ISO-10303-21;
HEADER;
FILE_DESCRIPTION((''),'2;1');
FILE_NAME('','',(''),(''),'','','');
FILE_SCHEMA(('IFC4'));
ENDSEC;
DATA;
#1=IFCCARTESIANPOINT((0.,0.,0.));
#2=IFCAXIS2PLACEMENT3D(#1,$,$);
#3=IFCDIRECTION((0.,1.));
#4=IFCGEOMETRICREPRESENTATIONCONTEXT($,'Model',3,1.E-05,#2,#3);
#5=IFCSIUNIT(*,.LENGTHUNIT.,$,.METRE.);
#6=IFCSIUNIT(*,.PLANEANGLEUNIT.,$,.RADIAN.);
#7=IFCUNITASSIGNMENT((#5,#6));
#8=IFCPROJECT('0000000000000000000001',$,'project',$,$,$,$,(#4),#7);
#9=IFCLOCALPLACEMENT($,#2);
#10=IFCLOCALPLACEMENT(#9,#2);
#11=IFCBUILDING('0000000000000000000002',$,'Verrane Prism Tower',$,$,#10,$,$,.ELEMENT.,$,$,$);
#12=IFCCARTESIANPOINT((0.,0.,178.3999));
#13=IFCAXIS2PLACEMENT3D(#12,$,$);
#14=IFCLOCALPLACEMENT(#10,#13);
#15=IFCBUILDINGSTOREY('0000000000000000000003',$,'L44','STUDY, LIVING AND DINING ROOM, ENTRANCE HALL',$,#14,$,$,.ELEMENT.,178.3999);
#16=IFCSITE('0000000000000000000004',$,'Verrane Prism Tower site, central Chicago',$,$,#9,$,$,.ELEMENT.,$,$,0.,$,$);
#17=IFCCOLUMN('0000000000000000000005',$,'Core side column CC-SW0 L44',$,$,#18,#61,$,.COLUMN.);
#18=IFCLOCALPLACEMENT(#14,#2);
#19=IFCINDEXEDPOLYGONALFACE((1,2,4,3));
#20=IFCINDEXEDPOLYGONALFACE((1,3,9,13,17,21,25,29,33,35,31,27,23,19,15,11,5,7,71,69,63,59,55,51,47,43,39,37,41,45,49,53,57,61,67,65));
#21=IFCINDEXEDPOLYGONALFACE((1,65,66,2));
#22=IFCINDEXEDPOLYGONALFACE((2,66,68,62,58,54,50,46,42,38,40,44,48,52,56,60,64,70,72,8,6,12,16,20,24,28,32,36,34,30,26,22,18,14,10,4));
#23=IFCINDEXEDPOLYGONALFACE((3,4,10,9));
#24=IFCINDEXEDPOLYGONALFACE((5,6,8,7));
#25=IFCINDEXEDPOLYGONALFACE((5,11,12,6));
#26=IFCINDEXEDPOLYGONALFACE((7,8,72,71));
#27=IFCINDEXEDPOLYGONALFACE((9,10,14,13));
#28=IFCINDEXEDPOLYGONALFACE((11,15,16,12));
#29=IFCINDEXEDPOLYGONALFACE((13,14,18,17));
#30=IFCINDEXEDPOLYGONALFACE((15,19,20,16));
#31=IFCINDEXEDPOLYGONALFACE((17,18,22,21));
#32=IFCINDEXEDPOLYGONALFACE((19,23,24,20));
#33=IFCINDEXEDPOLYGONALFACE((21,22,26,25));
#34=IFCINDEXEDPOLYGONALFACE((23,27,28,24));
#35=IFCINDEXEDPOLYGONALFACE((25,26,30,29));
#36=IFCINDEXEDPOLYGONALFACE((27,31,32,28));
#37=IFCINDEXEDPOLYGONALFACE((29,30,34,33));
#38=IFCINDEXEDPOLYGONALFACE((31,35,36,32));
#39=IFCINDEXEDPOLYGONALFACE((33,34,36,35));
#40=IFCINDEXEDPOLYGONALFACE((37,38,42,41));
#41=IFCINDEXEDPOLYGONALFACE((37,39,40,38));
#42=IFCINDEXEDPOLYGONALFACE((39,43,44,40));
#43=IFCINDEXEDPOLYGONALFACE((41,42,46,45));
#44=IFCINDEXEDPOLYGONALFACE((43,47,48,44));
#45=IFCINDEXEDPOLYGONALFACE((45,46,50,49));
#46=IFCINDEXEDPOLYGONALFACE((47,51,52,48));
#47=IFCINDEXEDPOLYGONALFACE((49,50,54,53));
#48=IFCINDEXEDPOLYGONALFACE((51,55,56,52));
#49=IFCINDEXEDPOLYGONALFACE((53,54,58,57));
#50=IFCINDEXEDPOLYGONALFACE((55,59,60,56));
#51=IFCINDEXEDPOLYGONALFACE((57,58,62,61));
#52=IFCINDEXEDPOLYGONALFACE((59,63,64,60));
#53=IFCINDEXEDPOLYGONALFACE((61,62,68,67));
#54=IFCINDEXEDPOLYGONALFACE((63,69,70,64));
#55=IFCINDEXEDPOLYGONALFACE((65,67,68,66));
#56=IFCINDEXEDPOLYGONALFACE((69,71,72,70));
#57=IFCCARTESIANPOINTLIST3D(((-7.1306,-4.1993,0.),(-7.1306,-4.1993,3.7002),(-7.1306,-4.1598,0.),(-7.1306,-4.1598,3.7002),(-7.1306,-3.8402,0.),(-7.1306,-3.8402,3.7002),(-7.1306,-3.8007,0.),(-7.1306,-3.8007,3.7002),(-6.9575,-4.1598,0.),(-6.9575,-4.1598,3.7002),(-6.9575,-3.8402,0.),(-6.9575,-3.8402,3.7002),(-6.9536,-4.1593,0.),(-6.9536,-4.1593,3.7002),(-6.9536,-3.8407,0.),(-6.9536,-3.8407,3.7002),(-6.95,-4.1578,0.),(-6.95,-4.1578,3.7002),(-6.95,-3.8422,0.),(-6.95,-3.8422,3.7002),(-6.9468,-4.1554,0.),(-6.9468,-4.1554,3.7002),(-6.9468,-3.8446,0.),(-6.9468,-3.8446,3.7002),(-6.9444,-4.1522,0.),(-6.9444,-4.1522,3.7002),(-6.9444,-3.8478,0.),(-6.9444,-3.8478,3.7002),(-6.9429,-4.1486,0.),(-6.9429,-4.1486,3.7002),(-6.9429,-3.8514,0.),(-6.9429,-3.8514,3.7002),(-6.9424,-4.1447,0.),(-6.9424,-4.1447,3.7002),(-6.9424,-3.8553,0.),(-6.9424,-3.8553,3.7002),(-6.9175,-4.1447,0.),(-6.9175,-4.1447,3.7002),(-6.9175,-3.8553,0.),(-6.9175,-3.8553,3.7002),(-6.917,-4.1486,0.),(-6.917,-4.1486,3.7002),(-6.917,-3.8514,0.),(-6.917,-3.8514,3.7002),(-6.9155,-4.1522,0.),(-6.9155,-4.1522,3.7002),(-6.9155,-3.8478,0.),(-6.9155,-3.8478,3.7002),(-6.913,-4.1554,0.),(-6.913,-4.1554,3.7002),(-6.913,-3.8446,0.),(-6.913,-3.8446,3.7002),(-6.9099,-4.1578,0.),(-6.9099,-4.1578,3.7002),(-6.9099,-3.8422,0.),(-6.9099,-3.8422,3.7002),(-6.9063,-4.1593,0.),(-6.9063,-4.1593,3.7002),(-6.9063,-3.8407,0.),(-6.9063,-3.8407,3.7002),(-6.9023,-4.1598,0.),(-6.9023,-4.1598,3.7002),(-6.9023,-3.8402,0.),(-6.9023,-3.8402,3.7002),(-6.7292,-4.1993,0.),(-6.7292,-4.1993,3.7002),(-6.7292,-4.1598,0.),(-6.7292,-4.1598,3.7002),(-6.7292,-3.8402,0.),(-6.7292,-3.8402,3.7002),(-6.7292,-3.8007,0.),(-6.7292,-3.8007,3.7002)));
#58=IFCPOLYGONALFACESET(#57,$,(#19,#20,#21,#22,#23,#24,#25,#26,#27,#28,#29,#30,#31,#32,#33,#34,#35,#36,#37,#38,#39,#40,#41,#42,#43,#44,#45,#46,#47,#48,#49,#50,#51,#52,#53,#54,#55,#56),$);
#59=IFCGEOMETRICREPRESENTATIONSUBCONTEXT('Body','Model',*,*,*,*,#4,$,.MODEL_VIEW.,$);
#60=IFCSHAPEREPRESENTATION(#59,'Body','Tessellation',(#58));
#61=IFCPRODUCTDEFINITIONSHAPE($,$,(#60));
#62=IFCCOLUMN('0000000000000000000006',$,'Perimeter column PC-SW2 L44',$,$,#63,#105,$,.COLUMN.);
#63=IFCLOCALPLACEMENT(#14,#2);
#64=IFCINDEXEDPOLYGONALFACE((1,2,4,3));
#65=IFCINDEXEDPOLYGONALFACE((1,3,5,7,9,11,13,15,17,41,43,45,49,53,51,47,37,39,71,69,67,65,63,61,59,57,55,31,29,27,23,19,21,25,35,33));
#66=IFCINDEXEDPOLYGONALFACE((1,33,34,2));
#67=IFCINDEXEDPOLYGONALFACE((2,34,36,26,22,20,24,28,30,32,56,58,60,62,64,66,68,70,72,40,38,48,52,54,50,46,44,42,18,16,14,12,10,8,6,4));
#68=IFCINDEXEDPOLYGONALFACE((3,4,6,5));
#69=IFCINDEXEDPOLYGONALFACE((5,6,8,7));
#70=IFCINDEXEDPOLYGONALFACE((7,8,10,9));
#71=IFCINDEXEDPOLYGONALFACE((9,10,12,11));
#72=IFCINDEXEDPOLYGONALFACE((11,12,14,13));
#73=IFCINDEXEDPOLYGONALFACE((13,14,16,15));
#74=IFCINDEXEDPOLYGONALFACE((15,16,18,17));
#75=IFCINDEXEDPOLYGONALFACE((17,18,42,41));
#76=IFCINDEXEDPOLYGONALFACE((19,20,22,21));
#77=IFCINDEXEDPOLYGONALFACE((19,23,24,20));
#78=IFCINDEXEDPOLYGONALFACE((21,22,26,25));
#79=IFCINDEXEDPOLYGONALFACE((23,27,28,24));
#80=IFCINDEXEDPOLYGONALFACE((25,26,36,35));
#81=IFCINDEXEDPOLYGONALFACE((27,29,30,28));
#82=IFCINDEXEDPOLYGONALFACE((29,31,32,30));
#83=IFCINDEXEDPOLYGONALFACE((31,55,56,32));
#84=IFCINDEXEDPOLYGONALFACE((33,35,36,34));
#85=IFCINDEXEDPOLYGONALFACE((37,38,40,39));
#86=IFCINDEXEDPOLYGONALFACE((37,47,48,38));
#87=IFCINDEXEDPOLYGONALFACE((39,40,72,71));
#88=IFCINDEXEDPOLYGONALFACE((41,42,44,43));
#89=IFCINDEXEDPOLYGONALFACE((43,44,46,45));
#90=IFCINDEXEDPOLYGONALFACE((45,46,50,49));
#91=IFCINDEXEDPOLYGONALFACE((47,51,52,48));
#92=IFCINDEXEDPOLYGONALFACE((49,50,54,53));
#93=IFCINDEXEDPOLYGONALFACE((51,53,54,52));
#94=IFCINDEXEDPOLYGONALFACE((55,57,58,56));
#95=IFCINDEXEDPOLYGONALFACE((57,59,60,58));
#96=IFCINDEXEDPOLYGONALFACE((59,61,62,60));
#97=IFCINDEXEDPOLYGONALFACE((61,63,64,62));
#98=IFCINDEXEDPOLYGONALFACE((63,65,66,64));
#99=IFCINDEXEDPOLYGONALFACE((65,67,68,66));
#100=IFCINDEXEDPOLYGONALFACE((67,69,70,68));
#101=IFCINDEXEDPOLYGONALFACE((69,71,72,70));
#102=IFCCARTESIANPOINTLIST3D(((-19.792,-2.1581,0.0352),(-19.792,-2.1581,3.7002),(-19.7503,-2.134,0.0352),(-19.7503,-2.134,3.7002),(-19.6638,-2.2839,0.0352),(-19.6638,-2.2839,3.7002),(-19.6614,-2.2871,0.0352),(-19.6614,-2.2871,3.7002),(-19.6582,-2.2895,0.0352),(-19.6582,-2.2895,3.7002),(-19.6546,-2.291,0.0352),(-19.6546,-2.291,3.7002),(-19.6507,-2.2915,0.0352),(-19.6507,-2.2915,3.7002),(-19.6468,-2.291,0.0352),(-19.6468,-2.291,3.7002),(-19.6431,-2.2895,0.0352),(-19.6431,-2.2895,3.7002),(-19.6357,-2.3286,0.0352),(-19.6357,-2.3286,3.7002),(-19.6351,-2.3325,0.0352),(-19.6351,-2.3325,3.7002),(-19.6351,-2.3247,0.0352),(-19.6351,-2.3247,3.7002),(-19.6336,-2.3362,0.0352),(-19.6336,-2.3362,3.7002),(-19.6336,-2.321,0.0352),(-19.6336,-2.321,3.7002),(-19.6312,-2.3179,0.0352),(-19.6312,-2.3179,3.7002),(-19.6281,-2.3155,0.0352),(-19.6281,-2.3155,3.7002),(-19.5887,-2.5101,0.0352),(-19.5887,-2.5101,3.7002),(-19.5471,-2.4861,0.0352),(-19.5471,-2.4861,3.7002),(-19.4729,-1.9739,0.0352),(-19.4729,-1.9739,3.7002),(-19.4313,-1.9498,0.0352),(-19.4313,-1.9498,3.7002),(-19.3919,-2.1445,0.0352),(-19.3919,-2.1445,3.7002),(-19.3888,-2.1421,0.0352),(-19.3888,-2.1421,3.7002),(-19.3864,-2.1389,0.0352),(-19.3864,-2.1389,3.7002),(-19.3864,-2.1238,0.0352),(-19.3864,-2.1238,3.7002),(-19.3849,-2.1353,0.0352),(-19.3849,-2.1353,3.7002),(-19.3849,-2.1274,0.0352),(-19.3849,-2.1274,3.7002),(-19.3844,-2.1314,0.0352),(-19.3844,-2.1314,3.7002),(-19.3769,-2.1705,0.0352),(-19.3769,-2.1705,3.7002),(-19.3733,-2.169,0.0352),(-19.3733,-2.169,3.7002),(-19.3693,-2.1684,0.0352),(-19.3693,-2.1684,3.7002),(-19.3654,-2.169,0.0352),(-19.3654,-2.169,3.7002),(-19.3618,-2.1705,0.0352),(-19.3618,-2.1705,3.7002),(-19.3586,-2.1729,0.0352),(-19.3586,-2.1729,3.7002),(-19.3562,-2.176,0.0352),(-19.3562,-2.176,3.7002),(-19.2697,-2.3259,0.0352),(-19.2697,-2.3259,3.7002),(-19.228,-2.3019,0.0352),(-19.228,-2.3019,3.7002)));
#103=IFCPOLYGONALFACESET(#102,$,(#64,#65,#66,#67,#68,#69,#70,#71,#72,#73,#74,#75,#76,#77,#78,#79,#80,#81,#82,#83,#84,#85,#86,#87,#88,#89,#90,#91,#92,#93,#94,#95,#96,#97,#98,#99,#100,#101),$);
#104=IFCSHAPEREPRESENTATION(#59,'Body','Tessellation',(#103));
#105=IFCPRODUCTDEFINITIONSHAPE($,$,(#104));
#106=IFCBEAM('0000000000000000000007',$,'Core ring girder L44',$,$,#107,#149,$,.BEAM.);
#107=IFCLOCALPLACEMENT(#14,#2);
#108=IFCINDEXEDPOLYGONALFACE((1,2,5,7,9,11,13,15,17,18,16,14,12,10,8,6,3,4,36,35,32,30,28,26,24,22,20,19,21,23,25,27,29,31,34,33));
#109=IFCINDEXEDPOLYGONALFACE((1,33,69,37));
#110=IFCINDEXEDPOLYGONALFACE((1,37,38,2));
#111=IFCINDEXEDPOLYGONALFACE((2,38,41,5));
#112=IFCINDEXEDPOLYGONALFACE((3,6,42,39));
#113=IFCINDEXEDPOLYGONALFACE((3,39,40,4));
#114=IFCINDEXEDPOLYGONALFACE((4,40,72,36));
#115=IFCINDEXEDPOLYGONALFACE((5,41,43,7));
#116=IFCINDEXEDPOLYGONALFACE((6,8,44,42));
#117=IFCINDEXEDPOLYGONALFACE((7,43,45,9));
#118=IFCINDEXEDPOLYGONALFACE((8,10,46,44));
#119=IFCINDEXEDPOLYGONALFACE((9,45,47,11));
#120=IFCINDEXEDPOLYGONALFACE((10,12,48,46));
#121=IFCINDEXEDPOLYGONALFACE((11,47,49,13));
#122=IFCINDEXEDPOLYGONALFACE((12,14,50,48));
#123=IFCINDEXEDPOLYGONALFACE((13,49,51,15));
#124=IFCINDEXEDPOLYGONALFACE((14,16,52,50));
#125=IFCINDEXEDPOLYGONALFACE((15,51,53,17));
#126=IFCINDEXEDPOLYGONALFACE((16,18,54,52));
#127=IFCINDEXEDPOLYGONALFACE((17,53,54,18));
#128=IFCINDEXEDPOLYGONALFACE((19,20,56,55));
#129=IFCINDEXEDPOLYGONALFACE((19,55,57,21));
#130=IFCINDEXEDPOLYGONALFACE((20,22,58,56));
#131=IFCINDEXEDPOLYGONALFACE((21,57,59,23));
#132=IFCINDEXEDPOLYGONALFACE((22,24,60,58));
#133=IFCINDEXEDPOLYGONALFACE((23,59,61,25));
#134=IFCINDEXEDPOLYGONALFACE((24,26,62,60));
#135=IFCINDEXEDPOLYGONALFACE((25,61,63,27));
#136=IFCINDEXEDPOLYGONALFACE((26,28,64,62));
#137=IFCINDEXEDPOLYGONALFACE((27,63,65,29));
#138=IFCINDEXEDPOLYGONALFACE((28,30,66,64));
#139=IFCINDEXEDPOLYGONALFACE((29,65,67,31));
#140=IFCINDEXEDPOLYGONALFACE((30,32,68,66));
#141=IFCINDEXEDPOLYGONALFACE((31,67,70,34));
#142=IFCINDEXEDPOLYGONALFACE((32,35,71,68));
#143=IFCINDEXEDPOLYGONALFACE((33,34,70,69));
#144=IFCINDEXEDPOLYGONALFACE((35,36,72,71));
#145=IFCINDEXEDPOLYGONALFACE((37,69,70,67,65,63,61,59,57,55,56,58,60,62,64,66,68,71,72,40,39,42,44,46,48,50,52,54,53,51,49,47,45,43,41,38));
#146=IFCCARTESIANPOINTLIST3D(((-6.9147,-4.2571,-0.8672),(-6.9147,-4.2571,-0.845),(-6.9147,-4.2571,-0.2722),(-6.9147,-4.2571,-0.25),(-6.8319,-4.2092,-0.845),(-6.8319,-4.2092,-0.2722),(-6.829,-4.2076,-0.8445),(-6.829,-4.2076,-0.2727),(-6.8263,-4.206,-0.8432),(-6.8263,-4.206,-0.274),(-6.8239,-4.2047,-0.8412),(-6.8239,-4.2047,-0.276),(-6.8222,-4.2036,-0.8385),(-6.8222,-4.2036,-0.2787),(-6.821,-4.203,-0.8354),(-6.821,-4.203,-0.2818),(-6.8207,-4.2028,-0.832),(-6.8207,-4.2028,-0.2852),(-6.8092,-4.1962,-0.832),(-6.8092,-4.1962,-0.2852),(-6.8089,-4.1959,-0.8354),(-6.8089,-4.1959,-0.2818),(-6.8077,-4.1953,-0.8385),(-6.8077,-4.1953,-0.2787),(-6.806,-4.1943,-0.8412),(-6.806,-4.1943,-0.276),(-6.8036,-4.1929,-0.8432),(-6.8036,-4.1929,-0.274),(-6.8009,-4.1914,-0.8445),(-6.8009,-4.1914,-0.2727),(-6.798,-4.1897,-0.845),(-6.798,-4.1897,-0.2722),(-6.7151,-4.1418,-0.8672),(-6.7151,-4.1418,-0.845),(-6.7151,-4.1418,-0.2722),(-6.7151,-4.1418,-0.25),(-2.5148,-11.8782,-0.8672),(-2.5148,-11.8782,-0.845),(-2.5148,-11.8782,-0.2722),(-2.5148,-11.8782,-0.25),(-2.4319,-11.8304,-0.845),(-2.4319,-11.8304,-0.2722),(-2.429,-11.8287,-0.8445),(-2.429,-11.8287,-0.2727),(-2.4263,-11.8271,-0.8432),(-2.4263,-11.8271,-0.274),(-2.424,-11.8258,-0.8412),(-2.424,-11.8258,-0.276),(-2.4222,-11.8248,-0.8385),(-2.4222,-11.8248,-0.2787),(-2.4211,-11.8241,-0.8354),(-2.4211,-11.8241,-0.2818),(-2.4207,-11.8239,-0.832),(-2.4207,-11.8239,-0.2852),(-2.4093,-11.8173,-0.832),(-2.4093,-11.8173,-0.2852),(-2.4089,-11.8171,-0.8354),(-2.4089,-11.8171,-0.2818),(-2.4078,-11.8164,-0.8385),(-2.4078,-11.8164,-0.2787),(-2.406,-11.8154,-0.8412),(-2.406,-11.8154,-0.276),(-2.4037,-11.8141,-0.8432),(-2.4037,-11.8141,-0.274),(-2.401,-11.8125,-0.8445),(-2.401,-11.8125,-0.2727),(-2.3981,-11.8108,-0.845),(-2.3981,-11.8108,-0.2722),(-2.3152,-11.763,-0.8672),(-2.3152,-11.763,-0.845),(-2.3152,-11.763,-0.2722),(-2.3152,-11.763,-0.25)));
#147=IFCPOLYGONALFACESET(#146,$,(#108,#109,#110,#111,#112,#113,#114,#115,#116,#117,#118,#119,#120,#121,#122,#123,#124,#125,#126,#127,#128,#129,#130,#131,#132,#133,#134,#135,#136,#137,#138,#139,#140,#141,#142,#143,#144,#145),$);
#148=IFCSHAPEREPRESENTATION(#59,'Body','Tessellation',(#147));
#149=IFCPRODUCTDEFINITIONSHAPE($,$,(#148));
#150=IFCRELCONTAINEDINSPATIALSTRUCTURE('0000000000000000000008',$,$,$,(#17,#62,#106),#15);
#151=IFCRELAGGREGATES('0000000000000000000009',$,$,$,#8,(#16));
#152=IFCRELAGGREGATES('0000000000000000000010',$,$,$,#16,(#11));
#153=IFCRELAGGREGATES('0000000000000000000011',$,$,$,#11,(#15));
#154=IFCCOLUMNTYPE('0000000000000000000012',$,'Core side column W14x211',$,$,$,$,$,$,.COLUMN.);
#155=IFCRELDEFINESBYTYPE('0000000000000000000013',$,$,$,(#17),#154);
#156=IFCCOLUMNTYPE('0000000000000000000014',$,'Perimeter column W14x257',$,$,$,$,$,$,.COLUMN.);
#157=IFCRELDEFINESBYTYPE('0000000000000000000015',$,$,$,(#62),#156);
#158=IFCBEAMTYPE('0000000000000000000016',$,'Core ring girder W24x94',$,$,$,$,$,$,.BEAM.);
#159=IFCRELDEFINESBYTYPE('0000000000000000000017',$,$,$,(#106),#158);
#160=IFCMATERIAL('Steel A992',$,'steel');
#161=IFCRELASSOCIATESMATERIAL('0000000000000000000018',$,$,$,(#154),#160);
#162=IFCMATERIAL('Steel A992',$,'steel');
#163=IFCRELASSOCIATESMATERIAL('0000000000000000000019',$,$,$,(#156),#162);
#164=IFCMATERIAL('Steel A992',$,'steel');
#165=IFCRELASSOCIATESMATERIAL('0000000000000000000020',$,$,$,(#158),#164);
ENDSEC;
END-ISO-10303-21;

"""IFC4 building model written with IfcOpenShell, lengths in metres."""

from ifc_helpers import new_model, si_unit, direction, frame, origin, origin_2d, place, context, subcontext, project, spatial, i_section, extrude, material, material_profile, profile_set, type_object, element, save


model = new_model("IFC4")

# Units and contexts
model_context = context("Model", 3, precision=1e-05, world=origin(), true_north=direction((0.0, 1.0)))
body_context = subcontext(model_context, "Body", "Model", "MODEL_VIEW")
ifc_project = project(units=[si_unit("LENGTHUNIT", "METRE"), si_unit("PLANEANGLEUNIT", "RADIAN")], contexts=[model_context])

# Site, building, storey
site_placement = place(None, origin())
site = spatial("IfcSite", under=ifc_project, at=site_placement, Name="Verrane Prism Tower site, central Chicago", CompositionType="ELEMENT", RefElevation=0.0)
building_placement = place(site_placement, origin())
building = spatial("IfcBuilding", under=site, at=building_placement, Name="Verrane Prism Tower", CompositionType="ELEMENT")
storey_placement = place(building_placement, frame((0.0, 0.0, 178.3999)))
storey = spatial("IfcBuildingStorey", under=building, at=storey_placement, Name="L44", Description="STUDY, LIVING AND DINING ROOM, ENTRANCE HALL", CompositionType="ELEMENT", Elevation=178.3999)

# Columns
ifc_material_1 = material(Name="Steel A992", Category="steel")
ifc_material_profile_1 = material_profile(ifc_material_1, i_section(OverallWidth=0.4014, OverallDepth=0.3987, WebThickness=0.0249, FlangeThickness=0.0396, FilletRadius=0.0151, at=origin_2d()), Name="W14x211")
ifc_profile_set_1 = profile_set([ifc_material_profile_1], Name="Steel A992")
column_type_1 = type_object("IfcColumnType", Name="Core side column W14x211", PredefinedType="COLUMN", material=ifc_profile_set_1)
column_1_placement = place(storey_placement, frame((-6.9299, -4.0, 0.0), z_axis=(0.0, 0.0, 1.0), x_axis=(1.0, 0.0, 0.0)))
element("IfcColumn", 1, at=column_1_placement, inside=storey, type_object=column_type_1, Name="Core side column CC-SW0 L44", PredefinedType="COLUMN", context=body_context, shape_type="SweptSolid", body=[
    extrude(i_section(OverallWidth=0.4014, OverallDepth=0.3987, WebThickness=0.0249, FlangeThickness=0.0396, FilletRadius=0.0151, at=origin_2d()), origin(), (0.0, 0.0, 1.0), 3.7002),
])
ifc_material_2 = material(Name="Steel A992", Category="steel")
ifc_material_profile_2 = material_profile(ifc_material_2, i_section(OverallWidth=0.4065, OverallDepth=0.4165, WebThickness=0.03, FlangeThickness=0.0481, FilletRadius=0.0151, at=origin_2d()), Name="W14x257")
ifc_profile_set_2 = profile_set([ifc_material_profile_2], Name="Steel A992")
column_type_2 = type_object("IfcColumnType", Name="Perimeter column W14x257", PredefinedType="COLUMN", material=ifc_profile_set_2)
column_2_placement = place(storey_placement, frame((-19.51, -2.23, 0.0352), z_axis=(0.0, 0.0, 1.0), x_axis=(-0.5, 0.866025, 0.0)))
element("IfcColumn", 2, at=column_2_placement, inside=storey, type_object=column_type_2, Name="Perimeter column PC-SW2 L44", PredefinedType="COLUMN", context=body_context, shape_type="SweptSolid", body=[
    extrude(i_section(OverallWidth=0.4065, OverallDepth=0.4165, WebThickness=0.03, FlangeThickness=0.0481, FilletRadius=0.0151, at=origin_2d()), origin(), (0.0, 0.0, 1.0), 3.665),
])

# Beam
ifc_material_3 = material(Name="Steel A992", Category="steel")
ifc_material_profile_3 = material_profile(ifc_material_3, i_section(OverallWidth=0.2305, OverallDepth=0.6172, WebThickness=0.0132, FlangeThickness=0.0222, FilletRadius=0.0129, at=origin_2d()), Name="W24x94")
ifc_profile_set_3 = profile_set([ifc_material_profile_3], Name="Steel A992")
beam_type_1 = type_object("IfcBeamType", Name="Core ring girder W24x94", PredefinedType="BEAM", material=ifc_profile_set_3)
beam_1_placement = place(storey_placement, frame((-6.8149, -4.1995, -0.5586), z_axis=(0.499988, -0.866032, 0.0), x_axis=(0.866032, 0.499988, 0.0)))
element("IfcBeam", 3, at=beam_1_placement, inside=storey, type_object=beam_type_1, Name="Core ring girder L44", PredefinedType="BEAM", context=body_context, shape_type="SweptSolid", body=[
    extrude(i_section(OverallWidth=0.2305, OverallDepth=0.6172, WebThickness=0.0132, FlangeThickness=0.0222, FilletRadius=0.0129, at=origin_2d()), origin(), (0.0, 0.0, 1.0), 8.8),
])

save(model, "model.ifc")
